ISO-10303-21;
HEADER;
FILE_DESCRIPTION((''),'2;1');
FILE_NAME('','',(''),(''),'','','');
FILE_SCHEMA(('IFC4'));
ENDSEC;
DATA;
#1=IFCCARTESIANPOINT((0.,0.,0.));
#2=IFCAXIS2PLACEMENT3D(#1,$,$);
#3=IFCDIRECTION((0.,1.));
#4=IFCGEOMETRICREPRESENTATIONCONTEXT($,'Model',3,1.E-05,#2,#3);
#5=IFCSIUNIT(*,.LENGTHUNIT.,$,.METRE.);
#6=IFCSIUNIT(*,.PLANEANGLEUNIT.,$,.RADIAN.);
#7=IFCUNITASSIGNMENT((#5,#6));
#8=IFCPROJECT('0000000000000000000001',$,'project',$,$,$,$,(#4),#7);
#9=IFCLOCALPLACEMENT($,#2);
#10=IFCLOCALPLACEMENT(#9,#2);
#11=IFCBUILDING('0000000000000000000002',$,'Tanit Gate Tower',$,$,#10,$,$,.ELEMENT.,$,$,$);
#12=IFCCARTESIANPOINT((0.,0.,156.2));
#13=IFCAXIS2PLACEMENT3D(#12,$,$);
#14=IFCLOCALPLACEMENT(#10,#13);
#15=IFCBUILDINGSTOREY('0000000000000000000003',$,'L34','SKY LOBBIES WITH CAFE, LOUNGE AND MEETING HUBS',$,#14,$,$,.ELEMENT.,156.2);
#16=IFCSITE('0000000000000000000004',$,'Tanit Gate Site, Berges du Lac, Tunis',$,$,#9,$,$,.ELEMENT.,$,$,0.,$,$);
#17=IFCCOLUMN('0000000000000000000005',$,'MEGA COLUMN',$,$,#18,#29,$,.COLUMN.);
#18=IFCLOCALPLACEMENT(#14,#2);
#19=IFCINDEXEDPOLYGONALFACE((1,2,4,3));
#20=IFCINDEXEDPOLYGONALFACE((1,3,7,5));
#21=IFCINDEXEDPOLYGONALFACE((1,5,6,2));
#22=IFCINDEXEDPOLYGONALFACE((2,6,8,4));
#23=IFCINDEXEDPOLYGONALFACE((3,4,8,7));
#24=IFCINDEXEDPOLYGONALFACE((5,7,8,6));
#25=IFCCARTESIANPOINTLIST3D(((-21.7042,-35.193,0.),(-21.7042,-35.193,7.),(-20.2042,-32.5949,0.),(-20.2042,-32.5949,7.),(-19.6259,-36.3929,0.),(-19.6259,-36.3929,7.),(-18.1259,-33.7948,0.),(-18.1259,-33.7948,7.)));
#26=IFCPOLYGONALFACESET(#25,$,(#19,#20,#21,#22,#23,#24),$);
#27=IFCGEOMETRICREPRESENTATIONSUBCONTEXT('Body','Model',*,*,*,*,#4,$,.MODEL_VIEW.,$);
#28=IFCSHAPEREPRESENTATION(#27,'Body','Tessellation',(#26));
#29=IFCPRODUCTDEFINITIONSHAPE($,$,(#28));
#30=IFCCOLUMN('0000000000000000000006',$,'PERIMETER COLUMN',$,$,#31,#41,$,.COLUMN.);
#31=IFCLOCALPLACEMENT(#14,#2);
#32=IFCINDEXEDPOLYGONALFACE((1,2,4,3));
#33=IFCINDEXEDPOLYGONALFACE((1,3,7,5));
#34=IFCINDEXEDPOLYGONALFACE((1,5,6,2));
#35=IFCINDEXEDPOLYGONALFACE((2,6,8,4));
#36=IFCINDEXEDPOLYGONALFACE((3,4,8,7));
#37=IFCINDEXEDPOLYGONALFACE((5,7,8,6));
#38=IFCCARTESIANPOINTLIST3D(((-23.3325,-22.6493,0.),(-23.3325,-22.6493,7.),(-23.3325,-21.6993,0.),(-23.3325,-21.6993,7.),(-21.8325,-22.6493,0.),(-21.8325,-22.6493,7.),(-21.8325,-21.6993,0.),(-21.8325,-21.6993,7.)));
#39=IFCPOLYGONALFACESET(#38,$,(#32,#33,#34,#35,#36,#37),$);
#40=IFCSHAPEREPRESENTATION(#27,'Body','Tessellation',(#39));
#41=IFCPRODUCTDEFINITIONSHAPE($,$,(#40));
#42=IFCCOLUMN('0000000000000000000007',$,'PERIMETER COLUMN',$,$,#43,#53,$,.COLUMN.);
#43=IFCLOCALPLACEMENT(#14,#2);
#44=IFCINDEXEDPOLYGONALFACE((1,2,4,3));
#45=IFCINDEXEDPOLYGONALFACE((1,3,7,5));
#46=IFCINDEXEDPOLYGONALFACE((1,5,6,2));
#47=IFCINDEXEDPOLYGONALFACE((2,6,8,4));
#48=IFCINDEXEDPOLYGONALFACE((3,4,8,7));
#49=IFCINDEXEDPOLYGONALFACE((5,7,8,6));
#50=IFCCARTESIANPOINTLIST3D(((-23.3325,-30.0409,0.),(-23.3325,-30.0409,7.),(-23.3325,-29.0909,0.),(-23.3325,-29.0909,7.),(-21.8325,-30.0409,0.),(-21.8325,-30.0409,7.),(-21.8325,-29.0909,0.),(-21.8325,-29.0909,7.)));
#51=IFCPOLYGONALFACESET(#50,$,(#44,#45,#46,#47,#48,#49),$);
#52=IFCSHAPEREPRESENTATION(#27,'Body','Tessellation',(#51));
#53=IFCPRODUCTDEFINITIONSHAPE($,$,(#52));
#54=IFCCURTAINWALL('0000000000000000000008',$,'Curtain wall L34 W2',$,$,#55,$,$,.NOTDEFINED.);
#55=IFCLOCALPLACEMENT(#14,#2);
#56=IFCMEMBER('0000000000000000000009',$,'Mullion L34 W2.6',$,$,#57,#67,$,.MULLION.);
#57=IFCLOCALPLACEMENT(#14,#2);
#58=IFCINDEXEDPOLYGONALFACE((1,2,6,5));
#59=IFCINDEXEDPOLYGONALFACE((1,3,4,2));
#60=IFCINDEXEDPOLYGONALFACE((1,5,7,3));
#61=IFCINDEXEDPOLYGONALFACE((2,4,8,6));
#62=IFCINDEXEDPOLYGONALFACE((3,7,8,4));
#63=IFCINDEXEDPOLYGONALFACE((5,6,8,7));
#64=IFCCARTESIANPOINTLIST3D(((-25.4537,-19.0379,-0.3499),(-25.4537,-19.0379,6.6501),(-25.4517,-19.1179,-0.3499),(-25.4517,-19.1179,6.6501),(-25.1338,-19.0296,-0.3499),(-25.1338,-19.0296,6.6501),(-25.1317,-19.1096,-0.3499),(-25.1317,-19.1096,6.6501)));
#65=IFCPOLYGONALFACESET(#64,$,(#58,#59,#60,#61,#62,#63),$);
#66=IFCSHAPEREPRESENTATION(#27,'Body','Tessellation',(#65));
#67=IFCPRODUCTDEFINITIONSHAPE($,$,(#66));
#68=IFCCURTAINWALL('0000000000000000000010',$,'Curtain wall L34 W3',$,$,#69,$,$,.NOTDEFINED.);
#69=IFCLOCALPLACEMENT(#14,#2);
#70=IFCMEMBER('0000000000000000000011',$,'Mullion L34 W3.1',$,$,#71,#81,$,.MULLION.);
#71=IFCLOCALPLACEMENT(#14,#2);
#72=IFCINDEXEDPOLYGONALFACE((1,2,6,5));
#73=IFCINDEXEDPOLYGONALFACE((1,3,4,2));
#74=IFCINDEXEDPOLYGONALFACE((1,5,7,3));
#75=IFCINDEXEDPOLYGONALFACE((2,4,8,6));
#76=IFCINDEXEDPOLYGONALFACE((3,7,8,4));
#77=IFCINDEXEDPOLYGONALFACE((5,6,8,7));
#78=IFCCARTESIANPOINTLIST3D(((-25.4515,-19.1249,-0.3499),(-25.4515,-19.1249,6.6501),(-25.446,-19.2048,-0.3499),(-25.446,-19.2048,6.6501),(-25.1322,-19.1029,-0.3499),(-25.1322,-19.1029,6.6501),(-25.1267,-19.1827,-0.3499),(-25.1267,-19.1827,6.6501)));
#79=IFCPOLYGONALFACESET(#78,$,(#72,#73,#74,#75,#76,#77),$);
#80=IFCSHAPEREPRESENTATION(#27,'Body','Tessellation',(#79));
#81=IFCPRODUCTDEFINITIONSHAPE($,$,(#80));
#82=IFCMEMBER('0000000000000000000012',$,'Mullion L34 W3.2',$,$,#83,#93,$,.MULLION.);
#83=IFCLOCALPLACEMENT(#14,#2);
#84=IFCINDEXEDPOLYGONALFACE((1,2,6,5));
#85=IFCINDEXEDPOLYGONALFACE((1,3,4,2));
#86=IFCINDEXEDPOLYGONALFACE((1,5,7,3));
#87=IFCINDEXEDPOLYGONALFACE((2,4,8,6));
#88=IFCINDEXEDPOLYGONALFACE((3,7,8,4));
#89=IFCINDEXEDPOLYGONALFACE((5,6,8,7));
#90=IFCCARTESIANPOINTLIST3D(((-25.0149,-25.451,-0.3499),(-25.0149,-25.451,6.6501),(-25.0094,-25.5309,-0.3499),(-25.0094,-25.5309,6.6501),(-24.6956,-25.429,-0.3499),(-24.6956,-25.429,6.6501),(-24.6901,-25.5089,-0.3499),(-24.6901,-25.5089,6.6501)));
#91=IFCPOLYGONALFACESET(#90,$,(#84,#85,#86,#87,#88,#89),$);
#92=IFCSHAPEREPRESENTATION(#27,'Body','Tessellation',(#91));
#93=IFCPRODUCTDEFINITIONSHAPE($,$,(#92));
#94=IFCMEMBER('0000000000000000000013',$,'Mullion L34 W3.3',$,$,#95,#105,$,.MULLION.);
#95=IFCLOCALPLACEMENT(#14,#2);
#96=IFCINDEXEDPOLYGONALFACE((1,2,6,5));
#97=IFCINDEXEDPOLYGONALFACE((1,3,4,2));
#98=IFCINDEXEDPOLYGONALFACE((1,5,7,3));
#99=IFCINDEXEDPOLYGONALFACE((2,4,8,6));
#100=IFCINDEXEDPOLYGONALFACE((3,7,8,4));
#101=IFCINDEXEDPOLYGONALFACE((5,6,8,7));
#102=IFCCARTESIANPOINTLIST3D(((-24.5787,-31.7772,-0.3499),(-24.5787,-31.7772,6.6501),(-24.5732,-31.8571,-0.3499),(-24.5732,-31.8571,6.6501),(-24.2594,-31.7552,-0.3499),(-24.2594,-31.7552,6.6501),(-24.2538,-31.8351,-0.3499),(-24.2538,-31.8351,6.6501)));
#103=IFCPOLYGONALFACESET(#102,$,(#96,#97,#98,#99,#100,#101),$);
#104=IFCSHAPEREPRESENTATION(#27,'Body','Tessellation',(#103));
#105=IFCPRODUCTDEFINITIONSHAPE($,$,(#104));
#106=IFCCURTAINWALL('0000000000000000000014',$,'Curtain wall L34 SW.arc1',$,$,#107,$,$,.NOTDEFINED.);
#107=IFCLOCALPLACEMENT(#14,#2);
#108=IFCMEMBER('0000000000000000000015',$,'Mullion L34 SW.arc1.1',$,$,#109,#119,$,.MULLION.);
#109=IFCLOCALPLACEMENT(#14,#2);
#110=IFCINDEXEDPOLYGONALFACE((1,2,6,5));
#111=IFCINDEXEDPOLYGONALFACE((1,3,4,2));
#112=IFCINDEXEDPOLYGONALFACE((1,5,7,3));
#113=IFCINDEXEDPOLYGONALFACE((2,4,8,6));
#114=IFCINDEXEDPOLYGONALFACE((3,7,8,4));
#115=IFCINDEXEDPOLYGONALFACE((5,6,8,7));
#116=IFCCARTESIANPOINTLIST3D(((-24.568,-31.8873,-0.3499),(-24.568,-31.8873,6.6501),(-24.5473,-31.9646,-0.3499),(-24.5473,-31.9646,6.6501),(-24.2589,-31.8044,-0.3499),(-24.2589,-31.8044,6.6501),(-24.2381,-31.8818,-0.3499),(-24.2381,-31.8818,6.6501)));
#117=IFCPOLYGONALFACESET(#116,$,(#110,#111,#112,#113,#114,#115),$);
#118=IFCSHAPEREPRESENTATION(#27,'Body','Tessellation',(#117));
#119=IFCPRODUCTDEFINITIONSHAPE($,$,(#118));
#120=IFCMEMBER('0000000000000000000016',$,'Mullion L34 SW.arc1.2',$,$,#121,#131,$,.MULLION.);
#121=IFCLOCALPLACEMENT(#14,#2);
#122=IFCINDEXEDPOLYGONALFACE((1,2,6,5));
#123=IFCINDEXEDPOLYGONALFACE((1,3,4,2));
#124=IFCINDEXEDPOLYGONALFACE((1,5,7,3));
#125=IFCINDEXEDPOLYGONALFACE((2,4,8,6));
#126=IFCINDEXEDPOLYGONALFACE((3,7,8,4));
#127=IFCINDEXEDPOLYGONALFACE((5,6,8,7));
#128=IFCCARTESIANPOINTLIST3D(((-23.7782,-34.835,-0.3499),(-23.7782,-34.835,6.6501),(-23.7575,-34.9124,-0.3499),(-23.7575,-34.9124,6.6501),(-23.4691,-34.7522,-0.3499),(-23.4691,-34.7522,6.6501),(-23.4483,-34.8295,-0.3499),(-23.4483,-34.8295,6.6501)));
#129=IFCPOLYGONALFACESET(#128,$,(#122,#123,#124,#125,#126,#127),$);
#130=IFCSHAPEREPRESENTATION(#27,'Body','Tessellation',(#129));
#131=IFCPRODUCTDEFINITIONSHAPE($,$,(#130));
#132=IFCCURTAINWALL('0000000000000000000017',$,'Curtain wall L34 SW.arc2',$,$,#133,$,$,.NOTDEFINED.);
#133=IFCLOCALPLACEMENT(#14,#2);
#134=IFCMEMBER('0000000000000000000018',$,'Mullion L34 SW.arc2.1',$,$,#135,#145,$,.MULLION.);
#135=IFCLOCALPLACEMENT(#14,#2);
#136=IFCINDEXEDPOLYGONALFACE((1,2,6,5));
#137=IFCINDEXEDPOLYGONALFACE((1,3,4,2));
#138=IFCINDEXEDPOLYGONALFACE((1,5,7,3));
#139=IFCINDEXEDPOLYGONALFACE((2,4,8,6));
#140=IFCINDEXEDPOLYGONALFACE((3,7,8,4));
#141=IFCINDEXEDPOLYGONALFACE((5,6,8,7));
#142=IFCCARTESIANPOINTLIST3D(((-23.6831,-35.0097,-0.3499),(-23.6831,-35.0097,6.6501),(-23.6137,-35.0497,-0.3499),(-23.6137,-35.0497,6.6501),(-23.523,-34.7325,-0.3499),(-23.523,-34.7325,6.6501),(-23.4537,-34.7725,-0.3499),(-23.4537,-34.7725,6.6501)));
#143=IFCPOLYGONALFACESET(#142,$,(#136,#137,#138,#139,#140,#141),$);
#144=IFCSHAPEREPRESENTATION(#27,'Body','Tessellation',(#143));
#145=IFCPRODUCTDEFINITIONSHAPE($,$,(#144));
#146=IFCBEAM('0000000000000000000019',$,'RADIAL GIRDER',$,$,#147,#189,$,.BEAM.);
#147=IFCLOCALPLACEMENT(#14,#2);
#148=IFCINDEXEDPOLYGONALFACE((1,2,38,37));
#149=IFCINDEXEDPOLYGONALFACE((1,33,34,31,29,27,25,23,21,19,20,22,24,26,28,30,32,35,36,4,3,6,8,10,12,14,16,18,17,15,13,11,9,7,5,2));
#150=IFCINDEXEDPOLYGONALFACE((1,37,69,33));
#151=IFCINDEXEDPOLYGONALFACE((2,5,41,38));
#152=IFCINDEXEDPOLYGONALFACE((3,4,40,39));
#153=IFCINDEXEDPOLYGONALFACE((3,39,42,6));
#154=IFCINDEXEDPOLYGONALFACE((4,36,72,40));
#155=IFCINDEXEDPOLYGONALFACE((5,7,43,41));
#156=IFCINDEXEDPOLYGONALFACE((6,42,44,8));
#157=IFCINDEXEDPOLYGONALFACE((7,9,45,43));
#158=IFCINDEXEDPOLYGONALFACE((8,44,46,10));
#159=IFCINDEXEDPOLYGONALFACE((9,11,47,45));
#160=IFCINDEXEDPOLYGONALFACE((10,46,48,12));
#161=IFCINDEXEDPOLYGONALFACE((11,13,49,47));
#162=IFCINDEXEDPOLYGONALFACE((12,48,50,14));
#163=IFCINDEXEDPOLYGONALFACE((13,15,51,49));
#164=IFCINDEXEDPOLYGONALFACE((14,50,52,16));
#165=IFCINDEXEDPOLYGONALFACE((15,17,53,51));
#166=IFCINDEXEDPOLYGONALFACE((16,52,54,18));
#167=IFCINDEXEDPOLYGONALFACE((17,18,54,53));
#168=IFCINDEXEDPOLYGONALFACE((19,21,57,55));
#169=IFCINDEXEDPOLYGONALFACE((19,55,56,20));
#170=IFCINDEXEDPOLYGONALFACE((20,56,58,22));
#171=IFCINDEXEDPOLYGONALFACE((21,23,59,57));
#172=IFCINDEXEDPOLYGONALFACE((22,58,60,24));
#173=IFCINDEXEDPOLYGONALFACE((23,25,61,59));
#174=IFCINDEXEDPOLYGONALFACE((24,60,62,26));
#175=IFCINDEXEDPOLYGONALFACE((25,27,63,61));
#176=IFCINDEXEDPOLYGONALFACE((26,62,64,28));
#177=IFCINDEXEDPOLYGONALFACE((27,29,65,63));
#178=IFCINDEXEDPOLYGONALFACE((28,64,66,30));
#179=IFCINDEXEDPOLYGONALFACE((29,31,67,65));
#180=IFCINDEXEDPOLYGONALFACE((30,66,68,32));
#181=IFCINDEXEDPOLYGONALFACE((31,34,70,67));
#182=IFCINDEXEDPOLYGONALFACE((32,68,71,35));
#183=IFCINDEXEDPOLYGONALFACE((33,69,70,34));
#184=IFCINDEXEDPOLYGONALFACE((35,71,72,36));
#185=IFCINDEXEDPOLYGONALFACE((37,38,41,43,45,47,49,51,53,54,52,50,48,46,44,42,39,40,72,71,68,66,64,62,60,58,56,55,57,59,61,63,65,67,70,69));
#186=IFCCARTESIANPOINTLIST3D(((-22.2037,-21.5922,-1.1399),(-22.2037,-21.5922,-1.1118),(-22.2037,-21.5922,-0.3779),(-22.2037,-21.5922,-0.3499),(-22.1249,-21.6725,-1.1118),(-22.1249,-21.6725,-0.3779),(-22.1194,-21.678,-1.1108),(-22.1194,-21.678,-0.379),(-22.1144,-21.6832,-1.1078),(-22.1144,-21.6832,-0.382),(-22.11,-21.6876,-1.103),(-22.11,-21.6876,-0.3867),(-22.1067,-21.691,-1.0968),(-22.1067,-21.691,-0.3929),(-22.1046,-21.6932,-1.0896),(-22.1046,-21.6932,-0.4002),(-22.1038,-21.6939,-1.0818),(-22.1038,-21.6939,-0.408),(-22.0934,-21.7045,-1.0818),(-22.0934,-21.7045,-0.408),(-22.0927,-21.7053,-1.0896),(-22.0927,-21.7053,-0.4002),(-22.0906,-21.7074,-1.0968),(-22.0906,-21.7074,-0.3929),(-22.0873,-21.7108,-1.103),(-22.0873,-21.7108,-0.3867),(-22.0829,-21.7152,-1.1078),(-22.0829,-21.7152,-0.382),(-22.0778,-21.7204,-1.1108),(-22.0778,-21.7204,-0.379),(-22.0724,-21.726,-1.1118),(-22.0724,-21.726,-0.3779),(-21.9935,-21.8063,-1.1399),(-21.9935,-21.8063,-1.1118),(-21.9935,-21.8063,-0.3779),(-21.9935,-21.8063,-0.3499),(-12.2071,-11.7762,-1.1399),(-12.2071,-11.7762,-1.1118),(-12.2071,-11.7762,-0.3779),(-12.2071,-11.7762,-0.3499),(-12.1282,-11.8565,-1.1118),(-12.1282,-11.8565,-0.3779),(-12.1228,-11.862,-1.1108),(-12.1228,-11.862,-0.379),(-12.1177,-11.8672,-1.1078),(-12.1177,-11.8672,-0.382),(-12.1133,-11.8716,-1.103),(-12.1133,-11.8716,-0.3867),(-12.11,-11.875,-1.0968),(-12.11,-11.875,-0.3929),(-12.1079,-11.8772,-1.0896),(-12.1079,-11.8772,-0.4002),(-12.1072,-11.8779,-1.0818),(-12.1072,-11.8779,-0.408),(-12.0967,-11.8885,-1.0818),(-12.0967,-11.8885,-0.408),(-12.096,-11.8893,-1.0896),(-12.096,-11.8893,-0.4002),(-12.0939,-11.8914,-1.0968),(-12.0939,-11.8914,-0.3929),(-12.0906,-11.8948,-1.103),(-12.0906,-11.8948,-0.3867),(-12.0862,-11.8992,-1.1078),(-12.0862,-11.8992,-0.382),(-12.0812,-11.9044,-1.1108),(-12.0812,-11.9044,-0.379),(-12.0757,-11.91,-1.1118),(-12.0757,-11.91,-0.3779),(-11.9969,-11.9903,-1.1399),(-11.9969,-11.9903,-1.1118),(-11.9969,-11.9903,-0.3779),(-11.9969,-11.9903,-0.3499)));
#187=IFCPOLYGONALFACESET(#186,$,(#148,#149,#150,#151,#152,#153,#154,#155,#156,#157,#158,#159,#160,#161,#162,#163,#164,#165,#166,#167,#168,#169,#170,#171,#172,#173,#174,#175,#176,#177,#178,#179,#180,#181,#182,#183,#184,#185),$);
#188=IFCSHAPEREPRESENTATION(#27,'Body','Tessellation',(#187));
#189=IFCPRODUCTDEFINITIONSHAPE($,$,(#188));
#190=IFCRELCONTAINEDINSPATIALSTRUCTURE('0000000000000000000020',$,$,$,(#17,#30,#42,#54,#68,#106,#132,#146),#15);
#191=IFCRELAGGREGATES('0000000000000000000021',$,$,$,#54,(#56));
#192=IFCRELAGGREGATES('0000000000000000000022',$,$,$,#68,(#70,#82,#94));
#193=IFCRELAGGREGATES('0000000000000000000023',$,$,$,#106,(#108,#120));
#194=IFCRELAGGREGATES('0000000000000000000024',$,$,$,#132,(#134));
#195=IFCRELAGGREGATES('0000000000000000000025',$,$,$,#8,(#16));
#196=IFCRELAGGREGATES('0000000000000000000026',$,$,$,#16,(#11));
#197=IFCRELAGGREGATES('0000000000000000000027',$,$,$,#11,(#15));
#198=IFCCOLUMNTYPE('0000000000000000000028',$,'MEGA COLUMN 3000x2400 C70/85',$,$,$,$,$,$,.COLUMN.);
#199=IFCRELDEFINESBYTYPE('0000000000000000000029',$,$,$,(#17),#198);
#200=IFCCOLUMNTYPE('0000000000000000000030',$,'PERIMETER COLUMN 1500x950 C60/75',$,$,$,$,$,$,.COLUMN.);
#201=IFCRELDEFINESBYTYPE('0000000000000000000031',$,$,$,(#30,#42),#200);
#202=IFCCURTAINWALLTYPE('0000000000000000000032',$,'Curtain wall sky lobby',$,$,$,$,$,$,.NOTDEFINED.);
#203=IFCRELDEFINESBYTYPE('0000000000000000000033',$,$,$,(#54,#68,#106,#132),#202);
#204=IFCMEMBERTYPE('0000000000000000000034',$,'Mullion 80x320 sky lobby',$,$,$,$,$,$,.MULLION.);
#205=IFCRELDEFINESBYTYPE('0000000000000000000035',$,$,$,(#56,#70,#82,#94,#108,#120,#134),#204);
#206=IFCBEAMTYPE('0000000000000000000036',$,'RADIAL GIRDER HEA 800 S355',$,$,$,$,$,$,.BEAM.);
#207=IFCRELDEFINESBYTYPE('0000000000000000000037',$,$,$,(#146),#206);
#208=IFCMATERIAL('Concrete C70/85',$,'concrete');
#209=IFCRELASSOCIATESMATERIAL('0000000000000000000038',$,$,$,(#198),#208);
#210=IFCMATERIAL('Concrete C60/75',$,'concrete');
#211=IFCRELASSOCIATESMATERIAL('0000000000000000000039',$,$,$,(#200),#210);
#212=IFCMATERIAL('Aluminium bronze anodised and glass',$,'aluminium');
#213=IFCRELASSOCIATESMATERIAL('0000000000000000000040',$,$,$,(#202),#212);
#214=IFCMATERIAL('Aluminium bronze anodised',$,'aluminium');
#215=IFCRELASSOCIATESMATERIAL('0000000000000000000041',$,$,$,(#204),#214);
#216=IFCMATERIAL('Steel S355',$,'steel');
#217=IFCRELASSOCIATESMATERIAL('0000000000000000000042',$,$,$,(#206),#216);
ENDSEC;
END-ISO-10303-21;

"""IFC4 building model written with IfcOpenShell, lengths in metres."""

from ifc_helpers import new_model, si_unit, direction, frame, origin, origin_2d, place, context, subcontext, project, spatial, rectangle, i_section, extrude, material, material_profile, profile_set, type_object, element, aggregate, save


model = new_model("IFC4")

# Units and contexts
model_context = context("Model", 3, precision=1e-05, world=origin(), true_north=direction((0.0, 1.0)))
body_context = subcontext(model_context, "Body", "Model", "MODEL_VIEW")
ifc_project = project(units=[si_unit("LENGTHUNIT", "METRE"), si_unit("PLANEANGLEUNIT", "RADIAN")], contexts=[model_context])

# Site, building, storey
site_placement = place(None, origin())
site = spatial("IfcSite", under=ifc_project, at=site_placement, Name="Tanit Gate Site, Berges du Lac, Tunis", CompositionType="ELEMENT", RefElevation=0.0)
building_placement = place(site_placement, origin())
building = spatial("IfcBuilding", under=site, at=building_placement, Name="Tanit Gate Tower", CompositionType="ELEMENT")
storey_placement = place(building_placement, frame((0.0, 0.0, 156.2)))
storey = spatial("IfcBuildingStorey", under=building, at=storey_placement, Name="L34", Description="SKY LOBBIES WITH CAFE, LOUNGE AND MEETING HUBS", CompositionType="ELEMENT", Elevation=156.2)

# Columns
ifc_material_1 = material(Name="Concrete C70/85", Category="concrete")
ifc_material_profile_1 = material_profile(ifc_material_1, rectangle(XDim=3.0, YDim=2.3999, at=origin_2d()), Name="RC 3000x2400")
ifc_profile_set_1 = profile_set([ifc_material_profile_1], Name="Concrete C70/85")
column_type_1 = type_object("IfcColumnType", Name="MEGA COLUMN 3000x2400 C70/85", PredefinedType="COLUMN", material=ifc_profile_set_1)
column_placement = place(storey_placement, frame((-19.915, -34.4939, 0.0), z_axis=(0.0, 0.0, 1.0), x_axis=(-0.5, -0.866025, 0.0)))
element("IfcColumn", 1, at=column_placement, inside=storey, type_object=column_type_1, Name="MEGA COLUMN", PredefinedType="COLUMN", context=body_context, shape_type="SweptSolid", body=[
    extrude(rectangle(XDim=3.0, YDim=2.3999, at=origin_2d()), origin(), (0.0, 0.0, 1.0), 7.0),
])
ifc_material_2 = material(Name="Concrete C60/75", Category="concrete")
ifc_material_profile_2 = material_profile(ifc_material_2, rectangle(XDim=1.5, YDim=0.95, at=origin_2d()), Name="RC 1500x950")
ifc_profile_set_2 = profile_set([ifc_material_profile_2], Name="Concrete C60/75")
column_type_2 = type_object("IfcColumnType", Name="PERIMETER COLUMN 1500x950 C60/75", PredefinedType="COLUMN", material=ifc_profile_set_2)
for number, where, z_axis, x_axis, name in (
    (2, (-22.5825, -22.1743, 0.0), (0.0, 0.0, 1.0), (-1.0, 0.0, 0.0), "PERIMETER COLUMN"),
    (3, (-22.5825, -29.5659, 0.0), (0.0, 0.0, 1.0), (-1.0, 0.0, 0.0), "PERIMETER COLUMN"),
):
    element("IfcColumn", number, at=place(storey_placement, frame(where, z_axis=z_axis, x_axis=x_axis)), inside=storey, type_object=column_type_2, Name=name, PredefinedType="COLUMN", context=body_context, shape_type="SweptSolid", body=[
        extrude(rectangle(XDim=1.5, YDim=0.95, at=origin_2d()), origin(), (0.0, 0.0, 1.0), 7.0),
    ])

# Curtain wall, member
ifc_material_3 = material(Name="Aluminium bronze anodised and glass", Category="aluminium")
curtain_wall_type = type_object("IfcCurtainWallType", Name="Curtain wall sky lobby", PredefinedType="NOTDEFINED", material=ifc_material_3)
curtain_wall_1_placement = place(storey_placement, origin())
curtain_wall_1 = element("IfcCurtainWall", 4, at=curtain_wall_1_placement, inside=storey, type_object=curtain_wall_type, Name="Curtain wall L34 W2", PredefinedType="NOTDEFINED")
ifc_material_4 = material(Name="Aluminium bronze anodised", Category="aluminium")
ifc_material_profile_3 = material_profile(ifc_material_4, rectangle(XDim=0.3201, YDim=0.0801, at=origin_2d()), Name="80x320 bronze mullion")
ifc_profile_set_3 = profile_set([ifc_material_profile_3], Name="Aluminium bronze anodised")
member_type_1 = type_object("IfcMemberType", Name="Mullion 80x320 sky lobby", PredefinedType="MULLION", material=ifc_profile_set_3)
member_1_placement = place(storey_placement, frame((-25.2927, -19.0737, -0.3499), z_axis=(0.0, 0.0, 1.0), x_axis=(0.999664, 0.025924, 0.0)))
member_1 = element("IfcMember", 5, at=member_1_placement, type_object=member_type_1, Name="Mullion L34 W2.6", PredefinedType="MULLION", context=body_context, shape_type="SweptSolid", body=[
    extrude(rectangle(XDim=0.3201, YDim=0.0801, at=origin_2d()), origin(), (0.0, 0.0, 1.0), 7.0),
])
aggregate(curtain_wall_1, [member_1])

# Curtain walls, members
curtain_wall_2_placement = place(storey_placement, origin())
curtain_wall_2 = element("IfcCurtainWall", 6, at=curtain_wall_2_placement, inside=storey, type_object=curtain_wall_type, Name="Curtain wall L34 W3", PredefinedType="NOTDEFINED")
member_2_placement = place(storey_placement, frame((-25.2891, -19.1538, -0.3499), z_axis=(0.0, 0.0, 1.0), x_axis=(0.99763, 0.068812, 0.0)))
member_2 = element("IfcMember", 7, at=member_2_placement, type_object=member_type_1, Name="Mullion L34 W3.1", PredefinedType="MULLION", context=body_context, shape_type="SweptSolid", body=[
    extrude(rectangle(XDim=0.3201, YDim=0.0801, at=origin_2d()), origin(), (0.0, 0.0, 1.0), 7.0),
])
member_3_placement = place(storey_placement, frame((-24.8525, -25.48, -0.3499), z_axis=(0.0, 0.0, 1.0), x_axis=(0.99763, 0.068812, 0.0)))
member_3 = element("IfcMember", 8, at=member_3_placement, type_object=member_type_1, Name="Mullion L34 W3.2", PredefinedType="MULLION", context=body_context, shape_type="SweptSolid", body=[
    extrude(rectangle(XDim=0.3201, YDim=0.0801, at=origin_2d()), origin(), (0.0, 0.0, 1.0), 7.0),
])
member_4_placement = place(storey_placement, frame((-24.4163, -31.8062, -0.3499), z_axis=(0.0, 0.0, 1.0), x_axis=(0.99763, 0.068812, 0.0)))
member_4 = element("IfcMember", 9, at=member_4_placement, type_object=member_type_1, Name="Mullion L34 W3.3", PredefinedType="MULLION", context=body_context, shape_type="SweptSolid", body=[
    extrude(rectangle(XDim=0.3201, YDim=0.0801, at=origin_2d()), origin(), (0.0, 0.0, 1.0), 7.0),
])
curtain_wall_3_placement = place(storey_placement, origin())
curtain_wall_3 = element("IfcCurtainWall", 10, at=curtain_wall_3_placement, inside=storey, type_object=curtain_wall_type, Name="Curtain wall L34 SW.arc1", PredefinedType="NOTDEFINED")
member_5_placement = place(storey_placement, frame((-24.4031, -31.8845, -0.3499), z_axis=(0.0, 0.0, 1.0), x_axis=(0.965926, 0.258819, 0.0)))
member_5 = element("IfcMember", 11, at=member_5_placement, type_object=member_type_1, Name="Mullion L34 SW.arc1.1", PredefinedType="MULLION", context=body_context, shape_type="SweptSolid", body=[
    extrude(rectangle(XDim=0.3201, YDim=0.0801, at=origin_2d()), origin(), (0.0, 0.0, 1.0), 7.0),
])
member_6_placement = place(storey_placement, frame((-23.6133, -34.8323, -0.3499), z_axis=(0.0, 0.0, 1.0), x_axis=(0.965926, 0.258819, 0.0)))
member_6 = element("IfcMember", 12, at=member_6_placement, type_object=member_type_1, Name="Mullion L34 SW.arc1.2", PredefinedType="MULLION", context=body_context, shape_type="SweptSolid", body=[
    extrude(rectangle(XDim=0.3201, YDim=0.0801, at=origin_2d()), origin(), (0.0, 0.0, 1.0), 7.0),
])

# Curtain wall, member
curtain_wall_4_placement = place(storey_placement, origin())
curtain_wall_4 = element("IfcCurtainWall", 13, at=curtain_wall_4_placement, inside=storey, type_object=curtain_wall_type, Name="Curtain wall L34 SW.arc2", PredefinedType="NOTDEFINED")
member_7_placement = place(storey_placement, frame((-23.5684, -34.8911, -0.3499), z_axis=(0.0, 0.0, 1.0), x_axis=(0.5, 0.866025, 0.0)))
member_7 = element("IfcMember", 14, at=member_7_placement, type_object=member_type_1, Name="Mullion L34 SW.arc2.1", PredefinedType="MULLION", context=body_context, shape_type="SweptSolid", body=[
    extrude(rectangle(XDim=0.3201, YDim=0.0801, at=origin_2d()), origin(), (0.0, 0.0, 1.0), 7.0),
])

# Beam
ifc_material_5 = material(Name="Steel S355", Category="steel")
ifc_material_profile_4 = material_profile(ifc_material_5, i_section(OverallWidth=0.3, OverallDepth=0.79, WebThickness=0.0149, FlangeThickness=0.0281, FilletRadius=0.03, at=origin_2d()), Name="HEA 800")
ifc_profile_set_4 = profile_set([ifc_material_profile_4], Name="Steel S355")
beam_type_1 = type_object("IfcBeamType", Name="RADIAL GIRDER HEA 800 S355", PredefinedType="BEAM", material=ifc_profile_set_4)
beam_1_placement = place(storey_placement, frame((-22.0986, -21.6992, -0.7449), z_axis=(0.713525, 0.70063, 0.0), x_axis=(-0.70063, 0.713525, 0.0)))
element("IfcBeam", 15, at=beam_1_placement, inside=storey, type_object=beam_type_1, Name="RADIAL GIRDER", PredefinedType="BEAM", context=body_context, shape_type="SweptSolid", body=[
    extrude(i_section(OverallWidth=0.3, OverallDepth=0.79, WebThickness=0.0149, FlangeThickness=0.0281, FilletRadius=0.03, at=origin_2d()), origin(), (0.0, 0.0, 1.0), 14.0103),
])

aggregate(curtain_wall_2, [member_2, member_3, member_4])
aggregate(curtain_wall_3, [member_5, member_6])
aggregate(curtain_wall_4, [member_7])

save(model, "model.ifc")
